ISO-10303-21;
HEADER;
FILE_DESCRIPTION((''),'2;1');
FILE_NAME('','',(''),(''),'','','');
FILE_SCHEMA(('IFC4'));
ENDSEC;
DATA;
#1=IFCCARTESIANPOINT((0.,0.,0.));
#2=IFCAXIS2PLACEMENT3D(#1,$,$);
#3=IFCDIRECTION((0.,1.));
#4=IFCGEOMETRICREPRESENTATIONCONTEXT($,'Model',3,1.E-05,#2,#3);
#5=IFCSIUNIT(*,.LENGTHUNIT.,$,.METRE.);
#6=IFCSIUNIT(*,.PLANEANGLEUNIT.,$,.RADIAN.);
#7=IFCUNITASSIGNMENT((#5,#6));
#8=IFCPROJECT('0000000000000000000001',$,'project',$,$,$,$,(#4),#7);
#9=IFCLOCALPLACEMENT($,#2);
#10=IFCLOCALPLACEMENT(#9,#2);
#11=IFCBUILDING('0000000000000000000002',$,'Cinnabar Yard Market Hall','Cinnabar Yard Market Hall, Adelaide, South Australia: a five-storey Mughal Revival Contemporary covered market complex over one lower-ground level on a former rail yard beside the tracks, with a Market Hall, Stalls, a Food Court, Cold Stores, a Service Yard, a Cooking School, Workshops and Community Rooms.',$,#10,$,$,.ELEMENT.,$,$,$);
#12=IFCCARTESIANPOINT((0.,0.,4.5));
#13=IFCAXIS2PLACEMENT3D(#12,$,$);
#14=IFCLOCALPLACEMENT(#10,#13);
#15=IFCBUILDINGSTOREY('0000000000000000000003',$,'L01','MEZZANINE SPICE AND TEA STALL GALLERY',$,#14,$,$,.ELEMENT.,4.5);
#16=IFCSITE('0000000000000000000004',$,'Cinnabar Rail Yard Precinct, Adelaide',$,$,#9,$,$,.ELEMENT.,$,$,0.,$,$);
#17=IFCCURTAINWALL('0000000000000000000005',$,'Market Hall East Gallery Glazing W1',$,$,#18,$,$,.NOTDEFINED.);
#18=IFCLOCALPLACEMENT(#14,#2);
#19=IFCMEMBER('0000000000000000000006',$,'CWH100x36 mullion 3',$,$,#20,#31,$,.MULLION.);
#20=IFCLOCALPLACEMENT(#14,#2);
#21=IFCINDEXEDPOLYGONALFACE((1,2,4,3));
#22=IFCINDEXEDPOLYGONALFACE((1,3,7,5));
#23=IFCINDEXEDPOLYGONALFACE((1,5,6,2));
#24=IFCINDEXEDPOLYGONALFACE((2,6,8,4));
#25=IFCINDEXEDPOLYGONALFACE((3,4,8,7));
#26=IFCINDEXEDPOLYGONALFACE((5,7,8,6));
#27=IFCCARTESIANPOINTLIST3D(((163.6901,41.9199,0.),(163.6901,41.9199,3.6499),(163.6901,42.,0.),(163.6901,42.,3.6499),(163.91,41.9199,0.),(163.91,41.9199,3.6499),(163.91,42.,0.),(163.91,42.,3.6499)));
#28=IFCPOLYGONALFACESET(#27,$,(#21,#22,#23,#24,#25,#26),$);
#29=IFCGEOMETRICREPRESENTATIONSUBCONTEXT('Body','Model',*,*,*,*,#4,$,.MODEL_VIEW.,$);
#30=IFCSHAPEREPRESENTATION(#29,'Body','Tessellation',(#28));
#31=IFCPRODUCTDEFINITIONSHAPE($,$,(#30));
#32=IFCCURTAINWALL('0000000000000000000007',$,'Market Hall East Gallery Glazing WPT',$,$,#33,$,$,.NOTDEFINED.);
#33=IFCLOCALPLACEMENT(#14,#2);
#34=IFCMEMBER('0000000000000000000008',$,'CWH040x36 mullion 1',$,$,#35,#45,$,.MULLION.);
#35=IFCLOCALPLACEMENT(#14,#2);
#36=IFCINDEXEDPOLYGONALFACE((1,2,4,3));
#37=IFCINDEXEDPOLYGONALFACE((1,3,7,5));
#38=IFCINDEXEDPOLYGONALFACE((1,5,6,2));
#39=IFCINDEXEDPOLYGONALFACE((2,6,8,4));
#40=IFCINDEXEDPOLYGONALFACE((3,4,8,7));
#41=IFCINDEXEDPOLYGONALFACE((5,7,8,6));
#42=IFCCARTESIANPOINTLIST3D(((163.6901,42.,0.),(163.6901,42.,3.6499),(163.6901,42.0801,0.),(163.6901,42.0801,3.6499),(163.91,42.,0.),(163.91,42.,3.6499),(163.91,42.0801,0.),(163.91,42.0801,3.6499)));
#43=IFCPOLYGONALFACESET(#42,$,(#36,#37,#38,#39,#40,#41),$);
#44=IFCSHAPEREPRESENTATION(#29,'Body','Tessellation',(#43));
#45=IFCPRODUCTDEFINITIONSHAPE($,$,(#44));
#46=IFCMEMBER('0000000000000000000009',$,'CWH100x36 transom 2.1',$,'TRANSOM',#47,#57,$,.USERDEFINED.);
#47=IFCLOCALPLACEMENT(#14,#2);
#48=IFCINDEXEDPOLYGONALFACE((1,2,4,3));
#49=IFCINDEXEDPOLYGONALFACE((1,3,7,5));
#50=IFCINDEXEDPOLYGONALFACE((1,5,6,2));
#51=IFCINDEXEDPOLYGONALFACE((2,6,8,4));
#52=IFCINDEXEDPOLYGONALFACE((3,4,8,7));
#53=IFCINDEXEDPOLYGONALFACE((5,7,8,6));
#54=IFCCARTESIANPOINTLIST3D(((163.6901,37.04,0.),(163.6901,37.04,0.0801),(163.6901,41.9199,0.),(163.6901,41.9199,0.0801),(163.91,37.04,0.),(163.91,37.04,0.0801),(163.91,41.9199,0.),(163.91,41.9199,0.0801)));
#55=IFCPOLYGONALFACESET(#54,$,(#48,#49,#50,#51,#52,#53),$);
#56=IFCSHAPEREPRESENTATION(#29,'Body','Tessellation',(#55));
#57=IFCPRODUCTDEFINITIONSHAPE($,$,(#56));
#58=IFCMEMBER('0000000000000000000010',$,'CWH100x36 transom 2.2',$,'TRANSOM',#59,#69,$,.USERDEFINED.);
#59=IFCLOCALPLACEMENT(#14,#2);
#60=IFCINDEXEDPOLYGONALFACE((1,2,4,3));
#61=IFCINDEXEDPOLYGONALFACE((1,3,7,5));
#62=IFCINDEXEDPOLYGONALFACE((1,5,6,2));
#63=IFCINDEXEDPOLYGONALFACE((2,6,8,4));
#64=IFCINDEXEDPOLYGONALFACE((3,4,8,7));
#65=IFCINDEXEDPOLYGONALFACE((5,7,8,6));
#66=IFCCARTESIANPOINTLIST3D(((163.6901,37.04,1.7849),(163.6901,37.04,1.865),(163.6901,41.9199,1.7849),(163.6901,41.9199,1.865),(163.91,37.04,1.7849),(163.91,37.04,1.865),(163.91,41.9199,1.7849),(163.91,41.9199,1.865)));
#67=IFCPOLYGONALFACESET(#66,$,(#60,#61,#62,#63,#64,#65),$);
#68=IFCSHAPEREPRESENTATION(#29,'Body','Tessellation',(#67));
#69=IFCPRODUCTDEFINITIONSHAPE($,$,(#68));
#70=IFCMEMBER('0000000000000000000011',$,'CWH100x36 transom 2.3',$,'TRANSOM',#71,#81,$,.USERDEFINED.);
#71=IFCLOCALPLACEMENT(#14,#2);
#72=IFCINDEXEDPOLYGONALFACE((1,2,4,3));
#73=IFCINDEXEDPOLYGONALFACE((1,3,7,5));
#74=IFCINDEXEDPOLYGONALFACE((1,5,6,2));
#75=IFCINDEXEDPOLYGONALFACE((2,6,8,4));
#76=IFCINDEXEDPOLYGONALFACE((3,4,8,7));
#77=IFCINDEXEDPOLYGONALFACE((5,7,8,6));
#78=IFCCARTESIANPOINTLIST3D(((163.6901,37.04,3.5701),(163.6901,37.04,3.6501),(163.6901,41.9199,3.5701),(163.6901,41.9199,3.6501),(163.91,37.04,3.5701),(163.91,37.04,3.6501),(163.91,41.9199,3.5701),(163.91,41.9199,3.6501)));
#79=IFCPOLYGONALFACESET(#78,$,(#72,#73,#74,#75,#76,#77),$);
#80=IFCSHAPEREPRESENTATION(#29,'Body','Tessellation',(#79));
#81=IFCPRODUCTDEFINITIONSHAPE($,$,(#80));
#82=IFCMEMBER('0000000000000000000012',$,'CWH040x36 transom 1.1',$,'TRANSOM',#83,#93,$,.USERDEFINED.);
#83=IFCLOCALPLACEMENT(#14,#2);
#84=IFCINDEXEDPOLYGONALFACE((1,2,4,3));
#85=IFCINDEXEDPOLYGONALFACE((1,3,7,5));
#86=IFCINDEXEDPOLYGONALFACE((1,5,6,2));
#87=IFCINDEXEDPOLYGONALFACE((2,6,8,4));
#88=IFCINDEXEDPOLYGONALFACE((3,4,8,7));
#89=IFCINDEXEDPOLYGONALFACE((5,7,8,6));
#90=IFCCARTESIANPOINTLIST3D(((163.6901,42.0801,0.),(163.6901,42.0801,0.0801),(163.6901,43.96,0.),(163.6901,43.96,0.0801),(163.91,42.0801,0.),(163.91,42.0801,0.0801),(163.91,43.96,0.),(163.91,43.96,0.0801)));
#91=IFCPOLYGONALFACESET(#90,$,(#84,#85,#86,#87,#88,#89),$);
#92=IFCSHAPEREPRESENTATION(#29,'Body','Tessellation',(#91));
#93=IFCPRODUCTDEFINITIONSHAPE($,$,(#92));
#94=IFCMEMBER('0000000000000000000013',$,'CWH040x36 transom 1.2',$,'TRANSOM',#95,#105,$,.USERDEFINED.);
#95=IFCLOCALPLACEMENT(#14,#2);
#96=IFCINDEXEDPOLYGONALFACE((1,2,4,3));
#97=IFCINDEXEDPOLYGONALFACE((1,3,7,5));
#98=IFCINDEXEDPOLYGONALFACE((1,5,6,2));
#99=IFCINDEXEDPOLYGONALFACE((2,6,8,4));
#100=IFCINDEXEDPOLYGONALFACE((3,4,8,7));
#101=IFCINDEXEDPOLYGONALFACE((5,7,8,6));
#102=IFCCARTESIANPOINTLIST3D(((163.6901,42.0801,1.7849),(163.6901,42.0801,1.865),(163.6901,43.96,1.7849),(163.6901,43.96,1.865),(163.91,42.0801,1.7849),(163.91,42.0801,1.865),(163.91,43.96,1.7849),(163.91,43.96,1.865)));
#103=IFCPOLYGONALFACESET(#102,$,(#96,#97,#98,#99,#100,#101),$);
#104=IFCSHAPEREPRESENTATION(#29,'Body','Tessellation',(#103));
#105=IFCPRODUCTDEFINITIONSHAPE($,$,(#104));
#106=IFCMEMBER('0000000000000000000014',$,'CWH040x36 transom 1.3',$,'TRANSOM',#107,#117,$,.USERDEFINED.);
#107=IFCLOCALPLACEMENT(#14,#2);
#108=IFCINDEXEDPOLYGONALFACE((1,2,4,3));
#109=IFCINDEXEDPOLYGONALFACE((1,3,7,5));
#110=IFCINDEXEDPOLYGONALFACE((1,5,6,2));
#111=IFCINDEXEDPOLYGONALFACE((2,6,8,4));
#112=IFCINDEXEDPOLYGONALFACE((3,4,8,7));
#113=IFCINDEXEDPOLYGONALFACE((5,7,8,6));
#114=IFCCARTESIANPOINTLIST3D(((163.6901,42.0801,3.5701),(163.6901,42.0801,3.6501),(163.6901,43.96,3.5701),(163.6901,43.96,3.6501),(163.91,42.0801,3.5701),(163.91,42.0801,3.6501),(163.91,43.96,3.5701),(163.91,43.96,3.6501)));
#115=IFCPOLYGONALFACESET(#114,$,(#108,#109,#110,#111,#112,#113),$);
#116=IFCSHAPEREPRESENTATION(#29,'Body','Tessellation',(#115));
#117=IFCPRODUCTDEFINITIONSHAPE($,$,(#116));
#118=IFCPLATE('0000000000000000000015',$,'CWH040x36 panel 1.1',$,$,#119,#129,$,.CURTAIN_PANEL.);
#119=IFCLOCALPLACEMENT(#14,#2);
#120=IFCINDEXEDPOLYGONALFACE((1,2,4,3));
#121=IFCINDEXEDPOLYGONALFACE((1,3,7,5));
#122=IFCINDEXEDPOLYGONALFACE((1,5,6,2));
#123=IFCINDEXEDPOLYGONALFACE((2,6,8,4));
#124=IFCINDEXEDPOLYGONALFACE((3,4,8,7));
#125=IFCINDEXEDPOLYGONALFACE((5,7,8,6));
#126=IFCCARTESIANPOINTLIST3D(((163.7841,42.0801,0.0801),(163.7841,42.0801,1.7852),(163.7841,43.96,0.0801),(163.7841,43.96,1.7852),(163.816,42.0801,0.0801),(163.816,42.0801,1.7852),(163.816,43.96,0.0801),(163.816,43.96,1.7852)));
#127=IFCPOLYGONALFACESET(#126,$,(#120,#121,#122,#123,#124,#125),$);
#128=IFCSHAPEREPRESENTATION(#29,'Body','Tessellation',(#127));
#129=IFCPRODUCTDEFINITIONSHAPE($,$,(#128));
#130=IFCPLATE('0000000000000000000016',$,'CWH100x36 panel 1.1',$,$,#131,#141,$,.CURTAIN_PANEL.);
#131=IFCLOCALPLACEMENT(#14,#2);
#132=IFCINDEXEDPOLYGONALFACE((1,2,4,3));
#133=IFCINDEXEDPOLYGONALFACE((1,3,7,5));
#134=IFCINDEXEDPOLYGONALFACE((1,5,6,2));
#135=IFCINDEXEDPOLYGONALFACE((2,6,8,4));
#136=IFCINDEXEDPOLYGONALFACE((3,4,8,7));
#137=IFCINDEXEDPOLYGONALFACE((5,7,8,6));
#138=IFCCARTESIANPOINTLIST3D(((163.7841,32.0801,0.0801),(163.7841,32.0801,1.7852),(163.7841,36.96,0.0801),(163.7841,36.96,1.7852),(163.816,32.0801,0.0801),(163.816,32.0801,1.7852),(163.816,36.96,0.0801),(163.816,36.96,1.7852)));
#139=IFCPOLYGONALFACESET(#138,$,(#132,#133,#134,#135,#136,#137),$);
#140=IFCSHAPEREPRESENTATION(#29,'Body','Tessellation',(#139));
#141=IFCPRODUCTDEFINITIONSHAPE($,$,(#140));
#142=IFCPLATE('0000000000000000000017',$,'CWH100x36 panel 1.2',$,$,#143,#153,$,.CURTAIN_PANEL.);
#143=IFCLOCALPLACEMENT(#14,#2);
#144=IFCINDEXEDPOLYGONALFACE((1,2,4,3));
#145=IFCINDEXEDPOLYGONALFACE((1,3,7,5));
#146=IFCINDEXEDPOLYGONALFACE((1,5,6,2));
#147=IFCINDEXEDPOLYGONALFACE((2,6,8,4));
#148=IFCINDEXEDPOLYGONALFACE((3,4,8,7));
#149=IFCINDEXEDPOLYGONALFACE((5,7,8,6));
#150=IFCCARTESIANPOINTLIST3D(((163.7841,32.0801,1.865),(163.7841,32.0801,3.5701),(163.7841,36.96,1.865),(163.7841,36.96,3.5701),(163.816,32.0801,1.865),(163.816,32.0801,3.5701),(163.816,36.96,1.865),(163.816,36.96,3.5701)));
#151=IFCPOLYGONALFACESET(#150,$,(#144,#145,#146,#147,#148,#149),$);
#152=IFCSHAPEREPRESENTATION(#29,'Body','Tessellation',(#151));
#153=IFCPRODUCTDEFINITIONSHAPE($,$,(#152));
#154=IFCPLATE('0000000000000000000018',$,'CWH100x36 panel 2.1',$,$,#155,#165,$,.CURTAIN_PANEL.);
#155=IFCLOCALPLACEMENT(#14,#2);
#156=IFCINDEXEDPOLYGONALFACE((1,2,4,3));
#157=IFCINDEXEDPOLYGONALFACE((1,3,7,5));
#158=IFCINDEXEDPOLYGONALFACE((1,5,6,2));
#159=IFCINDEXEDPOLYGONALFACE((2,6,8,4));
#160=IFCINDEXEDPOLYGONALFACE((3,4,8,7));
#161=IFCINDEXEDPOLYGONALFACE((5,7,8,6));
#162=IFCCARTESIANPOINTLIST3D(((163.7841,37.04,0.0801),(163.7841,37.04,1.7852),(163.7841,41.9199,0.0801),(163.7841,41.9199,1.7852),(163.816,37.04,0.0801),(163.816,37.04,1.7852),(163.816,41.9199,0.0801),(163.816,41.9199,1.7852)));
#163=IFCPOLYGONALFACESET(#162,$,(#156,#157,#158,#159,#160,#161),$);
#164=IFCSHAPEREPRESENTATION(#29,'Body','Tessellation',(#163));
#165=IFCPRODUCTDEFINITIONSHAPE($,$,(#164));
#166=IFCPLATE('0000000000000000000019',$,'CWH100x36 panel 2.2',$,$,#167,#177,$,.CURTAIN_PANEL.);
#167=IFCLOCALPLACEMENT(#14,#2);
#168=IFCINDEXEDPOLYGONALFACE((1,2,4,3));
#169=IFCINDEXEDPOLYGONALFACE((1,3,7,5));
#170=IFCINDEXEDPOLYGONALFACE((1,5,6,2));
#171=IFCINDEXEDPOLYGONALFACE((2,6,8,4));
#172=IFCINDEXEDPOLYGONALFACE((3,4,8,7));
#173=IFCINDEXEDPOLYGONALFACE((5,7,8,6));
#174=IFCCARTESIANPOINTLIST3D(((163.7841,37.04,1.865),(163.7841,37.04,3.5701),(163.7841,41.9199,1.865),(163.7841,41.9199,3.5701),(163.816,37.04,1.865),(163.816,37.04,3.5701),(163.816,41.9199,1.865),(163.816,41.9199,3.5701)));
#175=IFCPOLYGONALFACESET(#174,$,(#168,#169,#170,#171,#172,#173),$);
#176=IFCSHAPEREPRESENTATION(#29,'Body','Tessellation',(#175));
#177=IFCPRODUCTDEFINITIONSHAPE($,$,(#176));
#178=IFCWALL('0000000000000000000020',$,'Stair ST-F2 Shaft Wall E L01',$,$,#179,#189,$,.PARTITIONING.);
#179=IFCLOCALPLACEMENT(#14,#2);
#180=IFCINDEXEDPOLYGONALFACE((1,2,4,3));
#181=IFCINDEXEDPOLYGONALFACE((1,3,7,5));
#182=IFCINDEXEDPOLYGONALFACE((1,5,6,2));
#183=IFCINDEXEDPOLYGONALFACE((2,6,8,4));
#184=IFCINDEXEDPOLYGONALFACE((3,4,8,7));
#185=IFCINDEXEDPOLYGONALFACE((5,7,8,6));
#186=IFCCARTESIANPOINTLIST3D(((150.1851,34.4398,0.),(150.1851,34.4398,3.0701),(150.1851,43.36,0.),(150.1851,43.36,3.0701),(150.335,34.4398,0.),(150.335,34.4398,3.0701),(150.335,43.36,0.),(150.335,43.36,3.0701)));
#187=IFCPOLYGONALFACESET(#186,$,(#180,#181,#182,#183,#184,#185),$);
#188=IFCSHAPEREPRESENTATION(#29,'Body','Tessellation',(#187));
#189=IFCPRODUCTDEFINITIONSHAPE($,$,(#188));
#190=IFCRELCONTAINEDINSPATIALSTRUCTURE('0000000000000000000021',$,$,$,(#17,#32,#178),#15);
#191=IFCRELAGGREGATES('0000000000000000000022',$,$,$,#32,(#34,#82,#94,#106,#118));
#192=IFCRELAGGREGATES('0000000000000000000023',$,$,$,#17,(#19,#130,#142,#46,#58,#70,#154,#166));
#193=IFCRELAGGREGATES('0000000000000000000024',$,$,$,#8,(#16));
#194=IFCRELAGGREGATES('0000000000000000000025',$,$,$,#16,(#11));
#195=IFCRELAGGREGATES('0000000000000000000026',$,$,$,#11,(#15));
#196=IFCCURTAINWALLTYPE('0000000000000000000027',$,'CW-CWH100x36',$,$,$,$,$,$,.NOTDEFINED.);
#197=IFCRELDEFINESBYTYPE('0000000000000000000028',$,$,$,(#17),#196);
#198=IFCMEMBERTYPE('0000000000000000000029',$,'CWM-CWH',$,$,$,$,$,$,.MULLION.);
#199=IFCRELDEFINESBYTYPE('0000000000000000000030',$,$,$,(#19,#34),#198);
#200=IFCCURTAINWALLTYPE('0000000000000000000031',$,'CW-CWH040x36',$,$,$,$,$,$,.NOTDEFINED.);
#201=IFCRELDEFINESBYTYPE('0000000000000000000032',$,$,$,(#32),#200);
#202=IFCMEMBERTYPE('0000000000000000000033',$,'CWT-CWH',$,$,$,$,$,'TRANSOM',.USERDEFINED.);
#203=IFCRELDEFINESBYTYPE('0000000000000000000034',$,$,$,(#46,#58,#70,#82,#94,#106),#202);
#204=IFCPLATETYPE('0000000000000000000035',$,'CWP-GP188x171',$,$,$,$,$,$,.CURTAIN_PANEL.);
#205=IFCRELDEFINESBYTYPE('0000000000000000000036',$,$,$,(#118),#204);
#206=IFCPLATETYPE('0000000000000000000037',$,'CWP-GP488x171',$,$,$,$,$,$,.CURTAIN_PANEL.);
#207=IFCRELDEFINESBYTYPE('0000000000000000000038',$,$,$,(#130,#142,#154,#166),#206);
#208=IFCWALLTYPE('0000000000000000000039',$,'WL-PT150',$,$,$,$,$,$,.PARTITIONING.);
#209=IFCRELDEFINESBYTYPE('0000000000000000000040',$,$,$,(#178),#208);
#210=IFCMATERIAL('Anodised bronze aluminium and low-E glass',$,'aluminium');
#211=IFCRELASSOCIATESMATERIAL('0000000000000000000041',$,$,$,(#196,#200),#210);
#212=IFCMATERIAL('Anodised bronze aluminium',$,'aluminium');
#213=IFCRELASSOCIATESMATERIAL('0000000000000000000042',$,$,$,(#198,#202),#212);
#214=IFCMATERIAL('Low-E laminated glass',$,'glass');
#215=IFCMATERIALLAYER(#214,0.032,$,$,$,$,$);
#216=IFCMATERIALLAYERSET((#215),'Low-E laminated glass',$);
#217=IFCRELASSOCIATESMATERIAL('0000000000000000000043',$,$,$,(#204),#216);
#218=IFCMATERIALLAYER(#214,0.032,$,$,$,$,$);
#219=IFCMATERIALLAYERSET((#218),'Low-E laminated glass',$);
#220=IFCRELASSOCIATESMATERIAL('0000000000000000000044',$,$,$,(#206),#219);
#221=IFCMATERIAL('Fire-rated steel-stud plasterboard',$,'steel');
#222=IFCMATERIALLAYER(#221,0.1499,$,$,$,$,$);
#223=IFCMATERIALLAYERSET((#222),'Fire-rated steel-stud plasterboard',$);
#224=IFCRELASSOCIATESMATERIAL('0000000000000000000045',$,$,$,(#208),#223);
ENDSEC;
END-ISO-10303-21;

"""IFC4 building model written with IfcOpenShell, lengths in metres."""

from ifc_helpers import new_model, si_unit, direction, frame, frame_2d, origin, origin_2d_with_axis, place, context, subcontext, project, spatial, rectangle, extrude, material, layer, layer_set, material_profile, profile_set, type_object, element, aggregate, save


model = new_model("IFC4")

# Units and contexts
model_context = context("Model", 3, precision=1e-05, world=origin(), true_north=direction((0.0, 1.0)))
body_context = subcontext(model_context, "Body", "Model", "MODEL_VIEW")
ifc_project = project(units=[si_unit("LENGTHUNIT", "METRE"), si_unit("PLANEANGLEUNIT", "RADIAN")], contexts=[model_context])

# Site, building, storey
site_placement = place(None, origin())
site = spatial("IfcSite", under=ifc_project, at=site_placement, Name="Cinnabar Rail Yard Precinct, Adelaide", CompositionType="ELEMENT", RefElevation=0.0)
building_placement = place(site_placement, origin())
building = spatial("IfcBuilding", under=site, at=building_placement, Name="Cinnabar Yard Market Hall", Description="Cinnabar Yard Market Hall, Adelaide, South Australia: a five-storey Mughal Revival Contemporary covered market complex over one lower-ground level on a former rail yard beside the tracks, with a Market Hall, Stalls, a Food Court, Cold Stores, a Service Yard, a Cooking School, Workshops and Community Rooms.", CompositionType="ELEMENT")
storey_placement = place(building_placement, frame((0.0, 0.0, 4.5)))
storey = spatial("IfcBuildingStorey", under=building, at=storey_placement, Name="L01", Description="MEZZANINE SPICE AND TEA STALL GALLERY", CompositionType="ELEMENT", Elevation=4.5)

# Curtain wall, member
ifc_material_1 = material(Name="Anodised bronze aluminium and low-E glass", Category="aluminium")
curtain_wall_type_1 = type_object("IfcCurtainWallType", Name="CW-CWH100x36", PredefinedType="NOTDEFINED", material=ifc_material_1)
curtain_wall_1_placement = place(storey_placement, origin())
curtain_wall_1 = element("IfcCurtainWall", 1, at=curtain_wall_1_placement, inside=storey, type_object=curtain_wall_type_1, Name="Market Hall East Gallery Glazing W1", PredefinedType="NOTDEFINED")
ifc_material_2 = material(Name="Anodised bronze aluminium", Category="aluminium")
ifc_material_profile_1 = material_profile(ifc_material_2, rectangle(XDim=0.22, YDim=0.0801, at=origin_2d_with_axis()), Name="MUL-CWH")
ifc_profile_set_1 = profile_set([ifc_material_profile_1], Name="Anodised bronze aluminium")
member_type_1 = type_object("IfcMemberType", Name="CWM-CWH", PredefinedType="MULLION", material=ifc_profile_set_1)
member_1_placement = place(storey_placement, frame((163.8, 41.96, 0.0), z_axis=(0.0, 0.0, 1.0), x_axis=(-1.0, 0.0, 0.0)))
member_1 = element("IfcMember", 2, at=member_1_placement, type_object=member_type_1, Name="CWH100x36 mullion 3", PredefinedType="MULLION", context=body_context, shape_type="SweptSolid", body=[
    extrude(rectangle(XDim=0.22, YDim=0.0801, at=origin_2d_with_axis()), origin(), (0.0, 0.0, 1.0), 3.6499),
])

# Curtain wall, member
curtain_wall_type_2 = type_object("IfcCurtainWallType", Name="CW-CWH040x36", PredefinedType="NOTDEFINED", material=ifc_material_1)
curtain_wall_2_placement = place(storey_placement, origin())
curtain_wall_2 = element("IfcCurtainWall", 3, at=curtain_wall_2_placement, inside=storey, type_object=curtain_wall_type_2, Name="Market Hall East Gallery Glazing WPT", PredefinedType="NOTDEFINED")
member_2_placement = place(storey_placement, frame((163.8, 42.04, 0.0), z_axis=(0.0, 0.0, 1.0), x_axis=(-1.0, 0.0, 0.0)))
member_2 = element("IfcMember", 4, at=member_2_placement, type_object=member_type_1, Name="CWH040x36 mullion 1", PredefinedType="MULLION", context=body_context, shape_type="SweptSolid", body=[
    extrude(rectangle(XDim=0.22, YDim=0.0801, at=origin_2d_with_axis()), origin(), (0.0, 0.0, 1.0), 3.6499),
])

# Members
ifc_material_profile_2 = material_profile(ifc_material_2, rectangle(XDim=0.22, YDim=0.0801, at=origin_2d_with_axis()), Name="TRN-CWH")
ifc_profile_set_2 = profile_set([ifc_material_profile_2], Name="Anodised bronze aluminium")
member_type_2 = type_object("IfcMemberType", Name="CWT-CWH", ElementType="TRANSOM", PredefinedType="USERDEFINED", material=ifc_profile_set_2)
member_3_placement = place(storey_placement, frame((163.8, 37.04, 0.04), z_axis=(0.0, 1.0, 0.0), x_axis=(-1.0, 0.0, 0.0)))
member_3 = element("IfcMember", 5, at=member_3_placement, type_object=member_type_2, Name="CWH100x36 transom 2.1", ObjectType="TRANSOM", PredefinedType="USERDEFINED", context=body_context, shape_type="SweptSolid", body=[
    extrude(rectangle(XDim=0.22, YDim=0.0801, at=origin_2d_with_axis()), origin(), (0.0, 0.0, 1.0), 4.8799),
])
member_4_placement = place(storey_placement, frame((163.8, 37.04, 1.825), z_axis=(0.0, 1.0, 0.0), x_axis=(-1.0, 0.0, 0.0)))
member_4 = element("IfcMember", 6, at=member_4_placement, type_object=member_type_2, Name="CWH100x36 transom 2.2", ObjectType="TRANSOM", PredefinedType="USERDEFINED", context=body_context, shape_type="SweptSolid", body=[
    extrude(rectangle(XDim=0.22, YDim=0.0801, at=origin_2d_with_axis()), origin(), (0.0, 0.0, 1.0), 4.8799),
])
member_5_placement = place(storey_placement, frame((163.8, 37.04, 3.6101), z_axis=(0.0, 1.0, 0.0), x_axis=(-1.0, 0.0, 0.0)))
member_5 = element("IfcMember", 7, at=member_5_placement, type_object=member_type_2, Name="CWH100x36 transom 2.3", ObjectType="TRANSOM", PredefinedType="USERDEFINED", context=body_context, shape_type="SweptSolid", body=[
    extrude(rectangle(XDim=0.22, YDim=0.0801, at=origin_2d_with_axis()), origin(), (0.0, 0.0, 1.0), 4.8799),
])
member_6_placement = place(storey_placement, frame((163.8, 42.0801, 0.04), z_axis=(0.0, 1.0, 0.0), x_axis=(-1.0, 0.0, 0.0)))
member_6 = element("IfcMember", 8, at=member_6_placement, type_object=member_type_2, Name="CWH040x36 transom 1.1", ObjectType="TRANSOM", PredefinedType="USERDEFINED", context=body_context, shape_type="SweptSolid", body=[
    extrude(rectangle(XDim=0.22, YDim=0.0801, at=origin_2d_with_axis()), origin(), (0.0, 0.0, 1.0), 1.8799),
])
member_7_placement = place(storey_placement, frame((163.8, 42.0801, 1.825), z_axis=(0.0, 1.0, 0.0), x_axis=(-1.0, 0.0, 0.0)))
member_7 = element("IfcMember", 9, at=member_7_placement, type_object=member_type_2, Name="CWH040x36 transom 1.2", ObjectType="TRANSOM", PredefinedType="USERDEFINED", context=body_context, shape_type="SweptSolid", body=[
    extrude(rectangle(XDim=0.22, YDim=0.0801, at=origin_2d_with_axis()), origin(), (0.0, 0.0, 1.0), 1.8799),
])
member_8_placement = place(storey_placement, frame((163.8, 42.0801, 3.6101), z_axis=(0.0, 1.0, 0.0), x_axis=(-1.0, 0.0, 0.0)))
member_8 = element("IfcMember", 10, at=member_8_placement, type_object=member_type_2, Name="CWH040x36 transom 1.3", ObjectType="TRANSOM", PredefinedType="USERDEFINED", context=body_context, shape_type="SweptSolid", body=[
    extrude(rectangle(XDim=0.22, YDim=0.0801, at=origin_2d_with_axis()), origin(), (0.0, 0.0, 1.0), 1.8799),
])

# Plates
ifc_material_3 = material(Name="Low-E laminated glass", Category="glass")
ifc_layer_1 = layer(ifc_material_3, 0.032)
ifc_layer_set_1 = layer_set([ifc_layer_1], Name="Low-E laminated glass")
plate_type_1 = type_object("IfcPlateType", Name="CWP-GP188x171", PredefinedType="CURTAIN_PANEL", material=ifc_layer_set_1)
plate_1_placement = place(storey_placement, frame((163.8, 43.02, 0.0801), z_axis=(0.0, 0.0, 1.0), x_axis=(0.0, 1.0, 0.0)))
plate_1 = element("IfcPlate", 11, at=plate_1_placement, type_object=plate_type_1, Name="CWH040x36 panel 1.1", PredefinedType="CURTAIN_PANEL", context=body_context, shape_type="SweptSolid", body=[
    extrude(rectangle(XDim=1.8799, YDim=0.032, at=origin_2d_with_axis()), origin(), (0.0, 0.0, 1.0), 1.7051),
])
aggregate(curtain_wall_2, [member_2, member_6, member_7, member_8, plate_1])
ifc_layer_2 = layer(ifc_material_3, 0.032)
ifc_layer_set_2 = layer_set([ifc_layer_2], Name="Low-E laminated glass")
plate_type_2 = type_object("IfcPlateType", Name="CWP-GP488x171", PredefinedType="CURTAIN_PANEL", material=ifc_layer_set_2)
plate_2_placement = place(storey_placement, frame((163.8, 34.52, 0.0801), z_axis=(0.0, 0.0, 1.0), x_axis=(0.0, 1.0, 0.0)))
plate_2 = element("IfcPlate", 12, at=plate_2_placement, type_object=plate_type_2, Name="CWH100x36 panel 1.1", PredefinedType="CURTAIN_PANEL", context=body_context, shape_type="SweptSolid", body=[
    extrude(rectangle(XDim=4.8799, YDim=0.032, at=origin_2d_with_axis()), origin(), (0.0, 0.0, 1.0), 1.7051),
])
plate_3_placement = place(storey_placement, frame((163.8, 34.52, 1.865), z_axis=(0.0, 0.0, 1.0), x_axis=(0.0, 1.0, 0.0)))
plate_3 = element("IfcPlate", 13, at=plate_3_placement, type_object=plate_type_2, Name="CWH100x36 panel 1.2", PredefinedType="CURTAIN_PANEL", context=body_context, shape_type="SweptSolid", body=[
    extrude(rectangle(XDim=4.8799, YDim=0.032, at=origin_2d_with_axis()), origin(), (0.0, 0.0, 1.0), 1.7051),
])
plate_4_placement = place(storey_placement, frame((163.8, 39.48, 0.0801), z_axis=(0.0, 0.0, 1.0), x_axis=(0.0, 1.0, 0.0)))
plate_4 = element("IfcPlate", 14, at=plate_4_placement, type_object=plate_type_2, Name="CWH100x36 panel 2.1", PredefinedType="CURTAIN_PANEL", context=body_context, shape_type="SweptSolid", body=[
    extrude(rectangle(XDim=4.8799, YDim=0.032, at=origin_2d_with_axis()), origin(), (0.0, 0.0, 1.0), 1.7051),
])
plate_5_placement = place(storey_placement, frame((163.8, 39.48, 1.865), z_axis=(0.0, 0.0, 1.0), x_axis=(0.0, 1.0, 0.0)))
plate_5 = element("IfcPlate", 15, at=plate_5_placement, type_object=plate_type_2, Name="CWH100x36 panel 2.2", PredefinedType="CURTAIN_PANEL", context=body_context, shape_type="SweptSolid", body=[
    extrude(rectangle(XDim=4.8799, YDim=0.032, at=origin_2d_with_axis()), origin(), (0.0, 0.0, 1.0), 1.7051),
])
aggregate(curtain_wall_1, [member_1, plate_2, plate_3, member_3, member_4, member_5, plate_4, plate_5])

# Wall
ifc_material_4 = material(Name="Fire-rated steel-stud plasterboard", Category="steel")
ifc_layer_3 = layer(ifc_material_4, 0.1499)
ifc_layer_set_3 = layer_set([ifc_layer_3], Name="Fire-rated steel-stud plasterboard")
wall_type = type_object("IfcWallType", Name="WL-PT150", PredefinedType="PARTITIONING", material=ifc_layer_set_3)
wall_placement = place(storey_placement, frame((150.26, 34.4399, 0.0), z_axis=(0.0, 0.0, 1.0), x_axis=(0.0, 1.0, 0.0)))
element("IfcWall", 16, at=wall_placement, inside=storey, type_object=wall_type, Name="Stair ST-F2 Shaft Wall E L01", PredefinedType="PARTITIONING", context=body_context, shape_type="SweptSolid", body=[
    extrude(rectangle(XDim=8.9202, YDim=0.1499, at=frame_2d((4.46, 0.0), x_axis=(1.0, 0.0))), origin(), (0.0, 0.0, 1.0), 3.0701),
])

save(model, "model.ifc")
